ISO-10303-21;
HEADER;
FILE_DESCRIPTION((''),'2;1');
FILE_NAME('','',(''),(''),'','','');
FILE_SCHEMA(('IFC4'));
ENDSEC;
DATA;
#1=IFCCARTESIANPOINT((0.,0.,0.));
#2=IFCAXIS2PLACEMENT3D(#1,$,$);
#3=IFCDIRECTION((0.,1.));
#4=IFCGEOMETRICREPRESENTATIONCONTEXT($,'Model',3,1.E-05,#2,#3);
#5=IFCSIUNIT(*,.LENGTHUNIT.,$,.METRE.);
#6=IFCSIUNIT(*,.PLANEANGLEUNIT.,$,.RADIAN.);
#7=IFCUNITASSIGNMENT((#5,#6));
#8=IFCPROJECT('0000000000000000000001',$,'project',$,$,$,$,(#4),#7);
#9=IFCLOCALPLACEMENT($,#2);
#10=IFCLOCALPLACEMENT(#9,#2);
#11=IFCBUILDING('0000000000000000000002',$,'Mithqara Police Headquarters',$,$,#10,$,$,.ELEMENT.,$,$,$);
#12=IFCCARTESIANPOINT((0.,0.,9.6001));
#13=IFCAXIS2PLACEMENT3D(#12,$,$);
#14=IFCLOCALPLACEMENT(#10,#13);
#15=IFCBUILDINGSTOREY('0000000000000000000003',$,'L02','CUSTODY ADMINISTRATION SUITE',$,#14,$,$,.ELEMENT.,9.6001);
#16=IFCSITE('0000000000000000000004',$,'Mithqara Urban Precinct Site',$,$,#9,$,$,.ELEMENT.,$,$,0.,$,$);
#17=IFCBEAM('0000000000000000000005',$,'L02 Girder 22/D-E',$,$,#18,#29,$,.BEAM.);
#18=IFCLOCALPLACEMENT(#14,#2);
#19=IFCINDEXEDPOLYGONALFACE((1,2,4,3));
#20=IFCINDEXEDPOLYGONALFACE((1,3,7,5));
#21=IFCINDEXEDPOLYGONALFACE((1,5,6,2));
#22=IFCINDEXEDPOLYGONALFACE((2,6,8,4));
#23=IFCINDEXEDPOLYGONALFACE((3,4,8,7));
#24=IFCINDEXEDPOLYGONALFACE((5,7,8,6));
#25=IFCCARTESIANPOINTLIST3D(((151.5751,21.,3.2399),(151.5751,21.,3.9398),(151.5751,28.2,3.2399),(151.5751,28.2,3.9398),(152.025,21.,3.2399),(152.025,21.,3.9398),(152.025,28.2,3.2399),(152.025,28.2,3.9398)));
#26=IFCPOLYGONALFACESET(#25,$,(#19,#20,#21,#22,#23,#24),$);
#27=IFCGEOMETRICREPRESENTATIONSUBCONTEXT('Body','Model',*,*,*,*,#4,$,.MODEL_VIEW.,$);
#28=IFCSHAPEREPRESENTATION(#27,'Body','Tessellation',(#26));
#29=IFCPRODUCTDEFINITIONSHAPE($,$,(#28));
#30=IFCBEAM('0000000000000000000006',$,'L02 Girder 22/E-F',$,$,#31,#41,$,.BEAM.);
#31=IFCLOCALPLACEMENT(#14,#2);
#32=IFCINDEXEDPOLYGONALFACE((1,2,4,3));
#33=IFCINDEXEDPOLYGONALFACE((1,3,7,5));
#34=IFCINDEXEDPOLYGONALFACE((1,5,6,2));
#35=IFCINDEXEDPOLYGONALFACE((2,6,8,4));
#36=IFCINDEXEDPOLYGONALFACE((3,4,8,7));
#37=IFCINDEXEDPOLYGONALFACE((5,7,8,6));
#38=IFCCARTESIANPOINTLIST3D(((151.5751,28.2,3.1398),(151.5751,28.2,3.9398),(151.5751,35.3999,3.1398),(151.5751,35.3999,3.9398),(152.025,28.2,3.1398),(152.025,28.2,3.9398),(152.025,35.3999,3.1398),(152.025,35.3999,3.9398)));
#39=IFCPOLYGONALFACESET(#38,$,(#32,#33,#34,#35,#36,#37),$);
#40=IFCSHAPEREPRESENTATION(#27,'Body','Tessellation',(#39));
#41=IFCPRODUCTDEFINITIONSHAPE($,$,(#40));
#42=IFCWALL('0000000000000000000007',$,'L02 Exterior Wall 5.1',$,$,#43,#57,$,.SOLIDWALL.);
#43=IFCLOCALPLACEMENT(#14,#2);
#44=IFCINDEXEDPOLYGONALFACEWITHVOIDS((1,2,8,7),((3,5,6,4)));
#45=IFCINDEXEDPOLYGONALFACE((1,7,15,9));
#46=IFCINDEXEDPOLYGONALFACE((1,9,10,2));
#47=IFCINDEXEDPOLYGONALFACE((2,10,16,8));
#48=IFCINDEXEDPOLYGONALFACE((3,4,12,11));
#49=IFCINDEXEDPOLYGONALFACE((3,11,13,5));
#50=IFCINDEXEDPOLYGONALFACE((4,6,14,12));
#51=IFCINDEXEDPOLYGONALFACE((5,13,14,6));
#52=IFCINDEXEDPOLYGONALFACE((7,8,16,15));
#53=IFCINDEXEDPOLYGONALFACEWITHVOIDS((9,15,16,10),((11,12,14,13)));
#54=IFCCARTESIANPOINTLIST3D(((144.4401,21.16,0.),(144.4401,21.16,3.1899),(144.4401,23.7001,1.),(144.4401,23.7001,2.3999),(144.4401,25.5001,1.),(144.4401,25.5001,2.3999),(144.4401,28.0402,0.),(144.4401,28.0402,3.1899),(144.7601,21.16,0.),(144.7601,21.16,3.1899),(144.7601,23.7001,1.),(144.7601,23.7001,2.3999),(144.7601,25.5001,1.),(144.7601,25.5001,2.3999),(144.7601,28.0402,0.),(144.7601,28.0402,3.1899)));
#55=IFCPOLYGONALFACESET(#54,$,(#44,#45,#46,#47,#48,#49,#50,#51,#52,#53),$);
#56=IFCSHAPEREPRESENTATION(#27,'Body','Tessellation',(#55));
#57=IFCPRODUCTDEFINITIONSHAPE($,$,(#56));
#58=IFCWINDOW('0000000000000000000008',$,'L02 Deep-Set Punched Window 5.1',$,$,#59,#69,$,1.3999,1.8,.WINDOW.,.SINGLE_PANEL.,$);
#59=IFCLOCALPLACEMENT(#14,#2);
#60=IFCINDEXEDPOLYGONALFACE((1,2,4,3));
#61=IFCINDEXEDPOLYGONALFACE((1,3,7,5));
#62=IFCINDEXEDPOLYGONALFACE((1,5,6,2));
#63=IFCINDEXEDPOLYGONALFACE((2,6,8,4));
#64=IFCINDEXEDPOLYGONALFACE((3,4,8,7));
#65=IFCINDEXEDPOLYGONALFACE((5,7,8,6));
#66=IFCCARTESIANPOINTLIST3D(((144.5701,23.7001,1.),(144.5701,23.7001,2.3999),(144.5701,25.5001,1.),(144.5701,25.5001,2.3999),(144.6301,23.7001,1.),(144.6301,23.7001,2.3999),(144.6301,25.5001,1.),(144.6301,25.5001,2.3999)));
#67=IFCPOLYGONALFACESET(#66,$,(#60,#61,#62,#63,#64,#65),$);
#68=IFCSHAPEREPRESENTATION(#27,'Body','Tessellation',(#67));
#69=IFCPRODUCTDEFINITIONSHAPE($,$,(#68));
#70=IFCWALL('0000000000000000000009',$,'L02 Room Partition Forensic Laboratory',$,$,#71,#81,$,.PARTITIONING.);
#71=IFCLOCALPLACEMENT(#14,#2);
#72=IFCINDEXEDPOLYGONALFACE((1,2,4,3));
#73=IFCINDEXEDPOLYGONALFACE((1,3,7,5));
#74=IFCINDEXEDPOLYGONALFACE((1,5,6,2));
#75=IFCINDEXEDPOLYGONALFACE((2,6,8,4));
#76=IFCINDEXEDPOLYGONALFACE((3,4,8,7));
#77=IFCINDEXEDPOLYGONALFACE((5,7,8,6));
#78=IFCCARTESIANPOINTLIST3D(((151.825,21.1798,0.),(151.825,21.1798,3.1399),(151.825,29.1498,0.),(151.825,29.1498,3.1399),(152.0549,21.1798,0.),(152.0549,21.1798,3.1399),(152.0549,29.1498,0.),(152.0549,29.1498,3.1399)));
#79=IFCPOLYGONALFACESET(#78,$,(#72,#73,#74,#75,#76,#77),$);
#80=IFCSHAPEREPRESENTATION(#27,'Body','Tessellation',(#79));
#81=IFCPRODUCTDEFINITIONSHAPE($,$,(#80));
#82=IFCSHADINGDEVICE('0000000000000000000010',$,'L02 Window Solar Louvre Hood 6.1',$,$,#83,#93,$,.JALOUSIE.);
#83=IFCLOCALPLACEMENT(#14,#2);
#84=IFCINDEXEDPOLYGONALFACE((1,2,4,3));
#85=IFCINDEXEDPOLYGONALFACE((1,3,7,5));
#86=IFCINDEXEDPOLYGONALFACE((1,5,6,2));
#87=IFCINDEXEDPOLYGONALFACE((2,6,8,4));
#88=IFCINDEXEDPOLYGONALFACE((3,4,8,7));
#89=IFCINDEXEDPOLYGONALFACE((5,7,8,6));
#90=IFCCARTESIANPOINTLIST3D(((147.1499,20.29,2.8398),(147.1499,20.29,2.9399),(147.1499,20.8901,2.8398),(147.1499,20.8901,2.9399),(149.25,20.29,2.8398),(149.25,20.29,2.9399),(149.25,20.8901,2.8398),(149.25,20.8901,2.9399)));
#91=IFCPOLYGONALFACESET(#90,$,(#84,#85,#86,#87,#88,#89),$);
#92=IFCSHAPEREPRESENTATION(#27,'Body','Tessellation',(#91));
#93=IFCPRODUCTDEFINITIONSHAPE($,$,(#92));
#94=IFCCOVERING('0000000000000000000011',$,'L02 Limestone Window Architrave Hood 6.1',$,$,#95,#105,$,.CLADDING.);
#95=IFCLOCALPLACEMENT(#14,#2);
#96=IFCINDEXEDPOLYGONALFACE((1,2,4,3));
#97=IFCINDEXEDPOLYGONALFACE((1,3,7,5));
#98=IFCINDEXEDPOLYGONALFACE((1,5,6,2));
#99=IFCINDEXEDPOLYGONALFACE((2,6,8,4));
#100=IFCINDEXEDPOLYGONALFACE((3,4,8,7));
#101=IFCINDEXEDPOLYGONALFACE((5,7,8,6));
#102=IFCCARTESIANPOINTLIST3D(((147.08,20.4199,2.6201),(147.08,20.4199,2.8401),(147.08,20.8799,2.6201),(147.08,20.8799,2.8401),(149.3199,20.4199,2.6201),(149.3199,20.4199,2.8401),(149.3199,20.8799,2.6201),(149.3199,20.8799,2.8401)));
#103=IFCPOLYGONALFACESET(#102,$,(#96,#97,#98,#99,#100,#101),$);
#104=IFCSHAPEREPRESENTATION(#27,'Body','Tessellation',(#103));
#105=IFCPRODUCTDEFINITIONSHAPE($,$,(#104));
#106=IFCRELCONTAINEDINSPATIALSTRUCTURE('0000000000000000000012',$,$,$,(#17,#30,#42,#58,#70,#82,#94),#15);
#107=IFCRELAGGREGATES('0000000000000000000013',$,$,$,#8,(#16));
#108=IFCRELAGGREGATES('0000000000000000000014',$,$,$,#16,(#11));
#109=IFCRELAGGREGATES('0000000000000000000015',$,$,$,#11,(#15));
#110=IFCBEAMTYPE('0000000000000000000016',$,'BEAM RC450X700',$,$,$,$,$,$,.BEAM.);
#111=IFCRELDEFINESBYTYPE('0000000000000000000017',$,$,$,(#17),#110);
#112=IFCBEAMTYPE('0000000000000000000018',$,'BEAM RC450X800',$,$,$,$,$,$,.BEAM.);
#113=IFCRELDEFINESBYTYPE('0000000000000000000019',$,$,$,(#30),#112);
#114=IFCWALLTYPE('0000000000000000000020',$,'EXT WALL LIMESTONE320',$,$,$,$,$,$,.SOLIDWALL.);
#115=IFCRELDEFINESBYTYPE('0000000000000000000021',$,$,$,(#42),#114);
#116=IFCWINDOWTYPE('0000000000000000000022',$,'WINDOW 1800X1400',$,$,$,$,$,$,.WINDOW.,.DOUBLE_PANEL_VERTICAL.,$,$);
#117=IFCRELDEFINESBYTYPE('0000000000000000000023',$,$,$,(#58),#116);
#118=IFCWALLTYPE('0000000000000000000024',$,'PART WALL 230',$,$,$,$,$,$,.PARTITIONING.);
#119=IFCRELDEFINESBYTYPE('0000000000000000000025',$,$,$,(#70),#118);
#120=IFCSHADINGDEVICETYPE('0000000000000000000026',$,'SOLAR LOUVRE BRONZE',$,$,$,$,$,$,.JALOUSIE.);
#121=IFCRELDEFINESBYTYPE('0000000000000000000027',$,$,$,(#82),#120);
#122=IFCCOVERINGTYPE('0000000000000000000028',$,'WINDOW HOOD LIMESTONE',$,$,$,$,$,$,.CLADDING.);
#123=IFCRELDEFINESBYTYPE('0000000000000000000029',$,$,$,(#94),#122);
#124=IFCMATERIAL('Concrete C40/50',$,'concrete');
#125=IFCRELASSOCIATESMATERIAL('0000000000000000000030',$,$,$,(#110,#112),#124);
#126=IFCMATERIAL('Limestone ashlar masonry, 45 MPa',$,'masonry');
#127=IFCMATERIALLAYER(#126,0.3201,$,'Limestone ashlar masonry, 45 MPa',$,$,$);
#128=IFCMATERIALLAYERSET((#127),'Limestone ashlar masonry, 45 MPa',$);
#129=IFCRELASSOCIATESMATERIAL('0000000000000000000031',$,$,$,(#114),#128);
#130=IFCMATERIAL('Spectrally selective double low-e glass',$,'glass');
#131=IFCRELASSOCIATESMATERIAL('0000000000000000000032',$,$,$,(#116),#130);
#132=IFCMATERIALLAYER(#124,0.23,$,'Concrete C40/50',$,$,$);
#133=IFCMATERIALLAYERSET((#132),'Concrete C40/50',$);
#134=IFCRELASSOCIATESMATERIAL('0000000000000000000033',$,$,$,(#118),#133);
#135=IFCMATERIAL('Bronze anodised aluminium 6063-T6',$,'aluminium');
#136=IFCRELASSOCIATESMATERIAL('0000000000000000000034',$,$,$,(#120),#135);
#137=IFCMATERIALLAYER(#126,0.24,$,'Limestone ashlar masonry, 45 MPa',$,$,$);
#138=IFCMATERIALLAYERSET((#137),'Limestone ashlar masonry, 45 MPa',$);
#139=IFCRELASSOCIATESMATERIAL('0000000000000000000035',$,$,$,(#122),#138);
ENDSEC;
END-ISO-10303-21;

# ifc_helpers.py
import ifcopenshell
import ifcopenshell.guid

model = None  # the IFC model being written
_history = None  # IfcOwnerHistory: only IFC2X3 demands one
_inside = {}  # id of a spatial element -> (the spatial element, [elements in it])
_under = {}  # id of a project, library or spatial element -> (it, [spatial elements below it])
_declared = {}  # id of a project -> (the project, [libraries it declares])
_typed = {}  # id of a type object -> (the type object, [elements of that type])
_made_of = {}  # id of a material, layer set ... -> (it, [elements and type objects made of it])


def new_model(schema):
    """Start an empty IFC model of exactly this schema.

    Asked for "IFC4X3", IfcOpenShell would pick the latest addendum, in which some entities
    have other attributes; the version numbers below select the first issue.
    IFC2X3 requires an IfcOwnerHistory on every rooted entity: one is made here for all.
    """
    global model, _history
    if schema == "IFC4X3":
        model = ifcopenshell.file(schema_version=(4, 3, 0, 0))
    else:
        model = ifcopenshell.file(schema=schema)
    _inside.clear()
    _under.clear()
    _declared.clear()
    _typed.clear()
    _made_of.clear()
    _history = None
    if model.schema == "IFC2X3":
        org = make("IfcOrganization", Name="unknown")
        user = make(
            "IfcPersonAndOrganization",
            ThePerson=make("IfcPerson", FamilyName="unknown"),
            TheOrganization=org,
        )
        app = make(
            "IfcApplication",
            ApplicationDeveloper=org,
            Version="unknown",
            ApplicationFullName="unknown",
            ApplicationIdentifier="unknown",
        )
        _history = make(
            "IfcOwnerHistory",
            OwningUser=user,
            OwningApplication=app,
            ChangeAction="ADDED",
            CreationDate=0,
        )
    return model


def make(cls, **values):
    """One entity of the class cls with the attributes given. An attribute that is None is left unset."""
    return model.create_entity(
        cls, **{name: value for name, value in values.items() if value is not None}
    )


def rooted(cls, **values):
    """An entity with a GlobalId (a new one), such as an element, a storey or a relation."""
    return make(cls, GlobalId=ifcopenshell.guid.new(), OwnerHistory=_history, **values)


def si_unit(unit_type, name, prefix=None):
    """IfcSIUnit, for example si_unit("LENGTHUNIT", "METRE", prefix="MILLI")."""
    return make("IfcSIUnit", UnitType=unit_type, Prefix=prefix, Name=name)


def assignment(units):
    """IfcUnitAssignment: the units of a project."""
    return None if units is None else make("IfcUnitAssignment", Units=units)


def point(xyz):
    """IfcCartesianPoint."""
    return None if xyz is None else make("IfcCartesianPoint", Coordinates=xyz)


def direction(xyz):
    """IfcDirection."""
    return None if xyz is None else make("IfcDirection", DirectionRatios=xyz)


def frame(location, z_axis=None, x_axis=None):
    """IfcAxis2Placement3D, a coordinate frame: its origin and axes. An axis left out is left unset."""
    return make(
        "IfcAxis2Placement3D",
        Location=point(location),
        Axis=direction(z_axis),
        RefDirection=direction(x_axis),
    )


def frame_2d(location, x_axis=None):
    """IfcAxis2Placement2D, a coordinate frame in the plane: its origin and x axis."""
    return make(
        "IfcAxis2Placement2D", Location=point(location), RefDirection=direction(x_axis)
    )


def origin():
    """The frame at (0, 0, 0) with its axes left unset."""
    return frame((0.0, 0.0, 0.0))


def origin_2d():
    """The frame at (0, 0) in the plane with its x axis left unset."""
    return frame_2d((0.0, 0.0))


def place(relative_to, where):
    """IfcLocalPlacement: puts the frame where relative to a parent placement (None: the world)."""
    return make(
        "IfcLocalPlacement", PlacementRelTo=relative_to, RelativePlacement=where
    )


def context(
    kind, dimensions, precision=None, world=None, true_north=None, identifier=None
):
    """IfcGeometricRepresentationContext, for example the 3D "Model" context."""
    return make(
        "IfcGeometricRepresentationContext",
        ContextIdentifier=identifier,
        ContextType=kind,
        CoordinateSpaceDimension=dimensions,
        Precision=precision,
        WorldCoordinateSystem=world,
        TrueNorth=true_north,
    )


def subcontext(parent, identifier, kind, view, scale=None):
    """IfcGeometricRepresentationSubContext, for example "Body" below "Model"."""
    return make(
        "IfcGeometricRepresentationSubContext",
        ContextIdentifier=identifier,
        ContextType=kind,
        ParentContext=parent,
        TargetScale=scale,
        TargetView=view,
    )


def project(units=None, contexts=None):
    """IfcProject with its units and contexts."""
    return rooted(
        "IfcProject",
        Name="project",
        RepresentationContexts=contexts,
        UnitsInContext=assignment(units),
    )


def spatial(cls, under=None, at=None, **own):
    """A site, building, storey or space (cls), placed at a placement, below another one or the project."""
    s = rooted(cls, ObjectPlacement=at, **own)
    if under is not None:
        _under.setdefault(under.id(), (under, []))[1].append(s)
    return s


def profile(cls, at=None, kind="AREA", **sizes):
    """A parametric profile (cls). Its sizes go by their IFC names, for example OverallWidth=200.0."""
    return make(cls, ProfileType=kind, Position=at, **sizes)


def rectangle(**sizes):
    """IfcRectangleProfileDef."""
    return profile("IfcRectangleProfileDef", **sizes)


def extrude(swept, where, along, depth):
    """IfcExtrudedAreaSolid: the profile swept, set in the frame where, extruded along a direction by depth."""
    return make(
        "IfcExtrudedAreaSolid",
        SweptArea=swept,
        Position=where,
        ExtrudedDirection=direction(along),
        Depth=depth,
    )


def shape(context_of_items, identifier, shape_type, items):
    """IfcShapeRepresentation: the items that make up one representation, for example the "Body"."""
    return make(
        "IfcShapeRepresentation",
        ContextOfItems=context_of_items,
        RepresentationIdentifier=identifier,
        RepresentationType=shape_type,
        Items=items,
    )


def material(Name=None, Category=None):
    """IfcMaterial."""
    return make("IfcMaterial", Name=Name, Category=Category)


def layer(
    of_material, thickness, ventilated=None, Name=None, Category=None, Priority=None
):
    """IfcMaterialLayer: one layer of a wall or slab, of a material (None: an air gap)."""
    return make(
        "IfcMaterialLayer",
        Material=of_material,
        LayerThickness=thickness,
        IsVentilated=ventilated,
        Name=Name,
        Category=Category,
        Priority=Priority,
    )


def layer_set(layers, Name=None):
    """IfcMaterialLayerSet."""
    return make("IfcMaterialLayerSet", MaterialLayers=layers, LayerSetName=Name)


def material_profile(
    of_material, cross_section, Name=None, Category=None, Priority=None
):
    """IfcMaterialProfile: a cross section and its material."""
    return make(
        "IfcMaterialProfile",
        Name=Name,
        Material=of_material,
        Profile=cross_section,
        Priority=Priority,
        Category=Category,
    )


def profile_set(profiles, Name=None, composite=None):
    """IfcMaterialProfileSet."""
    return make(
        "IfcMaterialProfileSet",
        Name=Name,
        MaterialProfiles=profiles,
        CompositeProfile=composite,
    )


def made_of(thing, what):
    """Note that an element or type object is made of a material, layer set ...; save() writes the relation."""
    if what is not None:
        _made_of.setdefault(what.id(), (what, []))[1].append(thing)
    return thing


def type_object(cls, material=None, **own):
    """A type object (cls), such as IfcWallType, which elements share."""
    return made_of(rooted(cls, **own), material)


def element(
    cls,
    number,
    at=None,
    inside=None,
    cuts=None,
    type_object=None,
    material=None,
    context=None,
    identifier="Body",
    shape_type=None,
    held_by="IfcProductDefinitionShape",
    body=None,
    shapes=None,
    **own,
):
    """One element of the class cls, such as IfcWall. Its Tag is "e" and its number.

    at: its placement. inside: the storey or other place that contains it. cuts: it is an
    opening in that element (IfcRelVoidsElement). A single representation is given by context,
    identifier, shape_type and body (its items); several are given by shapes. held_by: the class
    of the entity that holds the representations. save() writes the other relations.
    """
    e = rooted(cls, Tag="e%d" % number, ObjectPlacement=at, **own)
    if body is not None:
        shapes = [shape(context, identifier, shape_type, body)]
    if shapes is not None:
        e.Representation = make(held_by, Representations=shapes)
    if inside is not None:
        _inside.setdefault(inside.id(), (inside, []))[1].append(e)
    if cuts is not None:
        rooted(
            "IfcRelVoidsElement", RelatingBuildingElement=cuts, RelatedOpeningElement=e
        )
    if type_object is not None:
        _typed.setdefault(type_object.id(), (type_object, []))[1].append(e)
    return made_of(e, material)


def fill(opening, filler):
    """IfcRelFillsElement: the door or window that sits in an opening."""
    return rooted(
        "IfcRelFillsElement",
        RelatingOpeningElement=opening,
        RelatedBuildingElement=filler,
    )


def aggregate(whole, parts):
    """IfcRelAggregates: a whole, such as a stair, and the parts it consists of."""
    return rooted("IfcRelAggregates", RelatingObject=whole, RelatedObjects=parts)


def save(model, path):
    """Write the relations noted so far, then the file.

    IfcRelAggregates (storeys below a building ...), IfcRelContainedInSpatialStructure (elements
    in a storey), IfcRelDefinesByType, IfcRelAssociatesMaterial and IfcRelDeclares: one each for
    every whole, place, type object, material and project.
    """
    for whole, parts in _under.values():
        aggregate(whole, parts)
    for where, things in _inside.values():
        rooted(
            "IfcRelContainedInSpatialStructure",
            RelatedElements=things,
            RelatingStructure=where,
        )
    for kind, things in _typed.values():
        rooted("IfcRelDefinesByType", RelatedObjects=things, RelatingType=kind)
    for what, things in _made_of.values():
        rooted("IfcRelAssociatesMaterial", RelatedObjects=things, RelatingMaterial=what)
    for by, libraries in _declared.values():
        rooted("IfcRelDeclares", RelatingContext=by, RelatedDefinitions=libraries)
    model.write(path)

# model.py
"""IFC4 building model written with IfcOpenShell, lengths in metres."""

from ifc_helpers import new_model, si_unit, direction, frame, frame_2d, origin, origin_2d, place, context, subcontext, project, spatial, rectangle, extrude, material, layer, layer_set, material_profile, profile_set, type_object, element, fill, save


model = new_model("IFC4")

# Units and contexts
model_context = context("Model", 3, precision=1e-05, world=origin(), true_north=direction((0.0, 1.0)))
body_context = subcontext(model_context, "Body", "Model", "MODEL_VIEW")
ifc_project = project(units=[si_unit("LENGTHUNIT", "METRE"), si_unit("PLANEANGLEUNIT", "RADIAN")], contexts=[model_context])

# Site, building, storey
site_placement = place(None, origin())
site = spatial("IfcSite", under=ifc_project, at=site_placement, Name="Mithqara Urban Precinct Site", CompositionType="ELEMENT", RefElevation=0.0)
building_placement = place(site_placement, origin())
building = spatial("IfcBuilding", under=site, at=building_placement, Name="Mithqara Police Headquarters", CompositionType="ELEMENT")
storey_placement = place(building_placement, frame((0.0, 0.0, 9.6001)))
storey = spatial("IfcBuildingStorey", under=building, at=storey_placement, Name="L02", Description="CUSTODY ADMINISTRATION SUITE", CompositionType="ELEMENT", Elevation=9.6001)

# Beams
ifc_material_1 = material(Name="Concrete C40/50", Category="concrete")
ifc_material_profile_1 = material_profile(ifc_material_1, rectangle(XDim=0.45, YDim=0.7, at=origin_2d()), Name="RC 450x700")
ifc_profile_set_1 = profile_set([ifc_material_profile_1], Name="Concrete C40/50")
beam_type_1 = type_object("IfcBeamType", Name="BEAM RC450X700", PredefinedType="BEAM", material=ifc_profile_set_1)
for number, where, z_axis, x_axis, name in (
    (1, (151.8, 21.0, 3.5898), (0.0, 1.0, 0.0), (-1.0, 0.0, 0.0), "L02 Girder 22/D-E"),
):
    element("IfcBeam", number, at=place(storey_placement, frame(where, z_axis=z_axis, x_axis=x_axis)), inside=storey, type_object=beam_type_1, Name=name, PredefinedType="BEAM", context=body_context, shape_type="SweptSolid", body=[
        extrude(rectangle(XDim=0.45, YDim=0.7, at=origin_2d()), origin(), (0.0, 0.0, 1.0), 7.2),
    ])
ifc_material_profile_2 = material_profile(ifc_material_1, rectangle(XDim=0.45, YDim=0.8, at=origin_2d()), Name="RC 450x800")
ifc_profile_set_2 = profile_set([ifc_material_profile_2], Name="Concrete C40/50")
beam_type_2 = type_object("IfcBeamType", Name="BEAM RC450X800", PredefinedType="BEAM", material=ifc_profile_set_2)
beam_1_placement = place(storey_placement, frame((151.8, 28.2, 3.5398), z_axis=(0.0, 1.0, 0.0), x_axis=(-1.0, 0.0, 0.0)))
element("IfcBeam", 2, at=beam_1_placement, inside=storey, type_object=beam_type_2, Name="L02 Girder 22/E-F", PredefinedType="BEAM", context=body_context, shape_type="SweptSolid", body=[
    extrude(rectangle(XDim=0.45, YDim=0.8, at=origin_2d()), origin(), (0.0, 0.0, 1.0), 7.2),
])

# Wall, opening, window
ifc_material_2 = material(Name="Limestone ashlar masonry, 45 MPa", Category="masonry")
ifc_layer_1 = layer(ifc_material_2, 0.3201, Name="Limestone ashlar masonry, 45 MPa")
ifc_layer_set_1 = layer_set([ifc_layer_1], Name="Limestone ashlar masonry, 45 MPa")
wall_type_1 = type_object("IfcWallType", Name="EXT WALL LIMESTONE320", PredefinedType="SOLIDWALL", material=ifc_layer_set_1)
wall_1_placement = place(storey_placement, frame((144.6001, 28.04, 0.0), z_axis=(0.0, 0.0, 1.0), x_axis=(0.0, -1.0, 0.0)))
wall_1 = element("IfcWall", 3, at=wall_1_placement, inside=storey, type_object=wall_type_1, Name="L02 Exterior Wall 5.1", PredefinedType="SOLIDWALL", context=body_context, shape_type="SweptSolid", body=[
    extrude(rectangle(XDim=6.8801, YDim=0.3201, at=frame_2d((3.4399, 0.0))), origin(), (0.0, 0.0, 1.0), 3.1899),
])
opening_placement = place(wall_1_placement, frame((2.54, 0.0, 1.0)))
opening = element("IfcOpeningElement", 4, at=opening_placement, cuts=wall_1, PredefinedType="OPENING", context=body_context, shape_type="SweptSolid", body=[
    extrude(rectangle(XDim=1.8, YDim=1.3999, at=frame_2d((0.8999, 0.7))), frame((0.0, 0.1699, 0.0), z_axis=(0.0, -1.0, 0.0), x_axis=(1.0, 0.0, 0.0)), (0.0, 0.0, 1.0), 0.3401),
])
ifc_material_3 = material(Name="Spectrally selective double low-e glass", Category="glass")
window_type = type_object("IfcWindowType", Name="WINDOW 1800X1400", PartitioningType="DOUBLE_PANEL_VERTICAL", PredefinedType="WINDOW", material=ifc_material_3)
window_placement = place(opening_placement, origin())
window = element("IfcWindow", 5, at=window_placement, inside=storey, type_object=window_type, Name="L02 Deep-Set Punched Window 5.1", OverallHeight=1.3999, OverallWidth=1.8, PartitioningType="SINGLE_PANEL", PredefinedType="WINDOW", context=body_context, shape_type="SweptSolid", body=[
    extrude(rectangle(XDim=1.8, YDim=1.3999, at=frame_2d((0.8999, 0.7))), frame((0.0, 0.03, 0.0), z_axis=(0.0, -1.0, 0.0), x_axis=(1.0, 0.0, 0.0)), (0.0, 0.0, 1.0), 0.0601),
])
fill(opening, window)

# Wall
ifc_layer_2 = layer(ifc_material_1, 0.23, Name="Concrete C40/50")
ifc_layer_set_2 = layer_set([ifc_layer_2], Name="Concrete C40/50")
wall_type_2 = type_object("IfcWallType", Name="PART WALL 230", PredefinedType="PARTITIONING", material=ifc_layer_set_2)
wall_2_placement = place(storey_placement, frame((151.9399, 21.1799, 0.0), z_axis=(0.0, 0.0, 1.0), x_axis=(0.0, 1.0, 0.0)))
element("IfcWall", 6, at=wall_2_placement, inside=storey, type_object=wall_type_2, Name="L02 Room Partition Forensic Laboratory", PredefinedType="PARTITIONING", context=body_context, shape_type="SweptSolid", body=[
    extrude(rectangle(XDim=7.97, YDim=0.23, at=frame_2d((3.9849, 0.0))), origin(), (0.0, 0.0, 1.0), 3.1399),
])

# Shading device
ifc_material_4 = material(Name="Bronze anodised aluminium 6063-T6", Category="aluminium")
shading_device_type = type_object("IfcShadingDeviceType", Name="SOLAR LOUVRE BRONZE", PredefinedType="JALOUSIE", material=ifc_material_4)
shading_device_placement = place(storey_placement, frame((148.2, 20.5901, 2.8398), z_axis=(0.0, 0.0, 1.0), x_axis=(1.0, 0.0, 0.0)))
element("IfcShadingDevice", 7, at=shading_device_placement, inside=storey, type_object=shading_device_type, Name="L02 Window Solar Louvre Hood 6.1", PredefinedType="JALOUSIE", context=body_context, shape_type="SweptSolid", body=[
    extrude(rectangle(XDim=2.1001, YDim=0.6001, at=origin_2d()), origin(), (0.0, 0.0, 1.0), 0.1001),
])

# Covering
ifc_layer_3 = layer(ifc_material_2, 0.24, Name="Limestone ashlar masonry, 45 MPa")
ifc_layer_set_3 = layer_set([ifc_layer_3], Name="Limestone ashlar masonry, 45 MPa")
covering_type = type_object("IfcCoveringType", Name="WINDOW HOOD LIMESTONE", PredefinedType="CLADDING", material=ifc_layer_set_3)
covering_placement = place(storey_placement, frame((148.2, 20.6499, 2.6201), z_axis=(0.0, 0.0, 1.0), x_axis=(1.0, 0.0, 0.0)))
element("IfcCovering", 8, at=covering_placement, inside=storey, type_object=covering_type, Name="L02 Limestone Window Architrave Hood 6.1", PredefinedType="CLADDING", context=body_context, shape_type="SweptSolid", body=[
    extrude(rectangle(XDim=2.24, YDim=0.46, at=origin_2d()), origin(), (0.0, 0.0, 1.0), 0.22),
])

save(model, "model.ifc")
